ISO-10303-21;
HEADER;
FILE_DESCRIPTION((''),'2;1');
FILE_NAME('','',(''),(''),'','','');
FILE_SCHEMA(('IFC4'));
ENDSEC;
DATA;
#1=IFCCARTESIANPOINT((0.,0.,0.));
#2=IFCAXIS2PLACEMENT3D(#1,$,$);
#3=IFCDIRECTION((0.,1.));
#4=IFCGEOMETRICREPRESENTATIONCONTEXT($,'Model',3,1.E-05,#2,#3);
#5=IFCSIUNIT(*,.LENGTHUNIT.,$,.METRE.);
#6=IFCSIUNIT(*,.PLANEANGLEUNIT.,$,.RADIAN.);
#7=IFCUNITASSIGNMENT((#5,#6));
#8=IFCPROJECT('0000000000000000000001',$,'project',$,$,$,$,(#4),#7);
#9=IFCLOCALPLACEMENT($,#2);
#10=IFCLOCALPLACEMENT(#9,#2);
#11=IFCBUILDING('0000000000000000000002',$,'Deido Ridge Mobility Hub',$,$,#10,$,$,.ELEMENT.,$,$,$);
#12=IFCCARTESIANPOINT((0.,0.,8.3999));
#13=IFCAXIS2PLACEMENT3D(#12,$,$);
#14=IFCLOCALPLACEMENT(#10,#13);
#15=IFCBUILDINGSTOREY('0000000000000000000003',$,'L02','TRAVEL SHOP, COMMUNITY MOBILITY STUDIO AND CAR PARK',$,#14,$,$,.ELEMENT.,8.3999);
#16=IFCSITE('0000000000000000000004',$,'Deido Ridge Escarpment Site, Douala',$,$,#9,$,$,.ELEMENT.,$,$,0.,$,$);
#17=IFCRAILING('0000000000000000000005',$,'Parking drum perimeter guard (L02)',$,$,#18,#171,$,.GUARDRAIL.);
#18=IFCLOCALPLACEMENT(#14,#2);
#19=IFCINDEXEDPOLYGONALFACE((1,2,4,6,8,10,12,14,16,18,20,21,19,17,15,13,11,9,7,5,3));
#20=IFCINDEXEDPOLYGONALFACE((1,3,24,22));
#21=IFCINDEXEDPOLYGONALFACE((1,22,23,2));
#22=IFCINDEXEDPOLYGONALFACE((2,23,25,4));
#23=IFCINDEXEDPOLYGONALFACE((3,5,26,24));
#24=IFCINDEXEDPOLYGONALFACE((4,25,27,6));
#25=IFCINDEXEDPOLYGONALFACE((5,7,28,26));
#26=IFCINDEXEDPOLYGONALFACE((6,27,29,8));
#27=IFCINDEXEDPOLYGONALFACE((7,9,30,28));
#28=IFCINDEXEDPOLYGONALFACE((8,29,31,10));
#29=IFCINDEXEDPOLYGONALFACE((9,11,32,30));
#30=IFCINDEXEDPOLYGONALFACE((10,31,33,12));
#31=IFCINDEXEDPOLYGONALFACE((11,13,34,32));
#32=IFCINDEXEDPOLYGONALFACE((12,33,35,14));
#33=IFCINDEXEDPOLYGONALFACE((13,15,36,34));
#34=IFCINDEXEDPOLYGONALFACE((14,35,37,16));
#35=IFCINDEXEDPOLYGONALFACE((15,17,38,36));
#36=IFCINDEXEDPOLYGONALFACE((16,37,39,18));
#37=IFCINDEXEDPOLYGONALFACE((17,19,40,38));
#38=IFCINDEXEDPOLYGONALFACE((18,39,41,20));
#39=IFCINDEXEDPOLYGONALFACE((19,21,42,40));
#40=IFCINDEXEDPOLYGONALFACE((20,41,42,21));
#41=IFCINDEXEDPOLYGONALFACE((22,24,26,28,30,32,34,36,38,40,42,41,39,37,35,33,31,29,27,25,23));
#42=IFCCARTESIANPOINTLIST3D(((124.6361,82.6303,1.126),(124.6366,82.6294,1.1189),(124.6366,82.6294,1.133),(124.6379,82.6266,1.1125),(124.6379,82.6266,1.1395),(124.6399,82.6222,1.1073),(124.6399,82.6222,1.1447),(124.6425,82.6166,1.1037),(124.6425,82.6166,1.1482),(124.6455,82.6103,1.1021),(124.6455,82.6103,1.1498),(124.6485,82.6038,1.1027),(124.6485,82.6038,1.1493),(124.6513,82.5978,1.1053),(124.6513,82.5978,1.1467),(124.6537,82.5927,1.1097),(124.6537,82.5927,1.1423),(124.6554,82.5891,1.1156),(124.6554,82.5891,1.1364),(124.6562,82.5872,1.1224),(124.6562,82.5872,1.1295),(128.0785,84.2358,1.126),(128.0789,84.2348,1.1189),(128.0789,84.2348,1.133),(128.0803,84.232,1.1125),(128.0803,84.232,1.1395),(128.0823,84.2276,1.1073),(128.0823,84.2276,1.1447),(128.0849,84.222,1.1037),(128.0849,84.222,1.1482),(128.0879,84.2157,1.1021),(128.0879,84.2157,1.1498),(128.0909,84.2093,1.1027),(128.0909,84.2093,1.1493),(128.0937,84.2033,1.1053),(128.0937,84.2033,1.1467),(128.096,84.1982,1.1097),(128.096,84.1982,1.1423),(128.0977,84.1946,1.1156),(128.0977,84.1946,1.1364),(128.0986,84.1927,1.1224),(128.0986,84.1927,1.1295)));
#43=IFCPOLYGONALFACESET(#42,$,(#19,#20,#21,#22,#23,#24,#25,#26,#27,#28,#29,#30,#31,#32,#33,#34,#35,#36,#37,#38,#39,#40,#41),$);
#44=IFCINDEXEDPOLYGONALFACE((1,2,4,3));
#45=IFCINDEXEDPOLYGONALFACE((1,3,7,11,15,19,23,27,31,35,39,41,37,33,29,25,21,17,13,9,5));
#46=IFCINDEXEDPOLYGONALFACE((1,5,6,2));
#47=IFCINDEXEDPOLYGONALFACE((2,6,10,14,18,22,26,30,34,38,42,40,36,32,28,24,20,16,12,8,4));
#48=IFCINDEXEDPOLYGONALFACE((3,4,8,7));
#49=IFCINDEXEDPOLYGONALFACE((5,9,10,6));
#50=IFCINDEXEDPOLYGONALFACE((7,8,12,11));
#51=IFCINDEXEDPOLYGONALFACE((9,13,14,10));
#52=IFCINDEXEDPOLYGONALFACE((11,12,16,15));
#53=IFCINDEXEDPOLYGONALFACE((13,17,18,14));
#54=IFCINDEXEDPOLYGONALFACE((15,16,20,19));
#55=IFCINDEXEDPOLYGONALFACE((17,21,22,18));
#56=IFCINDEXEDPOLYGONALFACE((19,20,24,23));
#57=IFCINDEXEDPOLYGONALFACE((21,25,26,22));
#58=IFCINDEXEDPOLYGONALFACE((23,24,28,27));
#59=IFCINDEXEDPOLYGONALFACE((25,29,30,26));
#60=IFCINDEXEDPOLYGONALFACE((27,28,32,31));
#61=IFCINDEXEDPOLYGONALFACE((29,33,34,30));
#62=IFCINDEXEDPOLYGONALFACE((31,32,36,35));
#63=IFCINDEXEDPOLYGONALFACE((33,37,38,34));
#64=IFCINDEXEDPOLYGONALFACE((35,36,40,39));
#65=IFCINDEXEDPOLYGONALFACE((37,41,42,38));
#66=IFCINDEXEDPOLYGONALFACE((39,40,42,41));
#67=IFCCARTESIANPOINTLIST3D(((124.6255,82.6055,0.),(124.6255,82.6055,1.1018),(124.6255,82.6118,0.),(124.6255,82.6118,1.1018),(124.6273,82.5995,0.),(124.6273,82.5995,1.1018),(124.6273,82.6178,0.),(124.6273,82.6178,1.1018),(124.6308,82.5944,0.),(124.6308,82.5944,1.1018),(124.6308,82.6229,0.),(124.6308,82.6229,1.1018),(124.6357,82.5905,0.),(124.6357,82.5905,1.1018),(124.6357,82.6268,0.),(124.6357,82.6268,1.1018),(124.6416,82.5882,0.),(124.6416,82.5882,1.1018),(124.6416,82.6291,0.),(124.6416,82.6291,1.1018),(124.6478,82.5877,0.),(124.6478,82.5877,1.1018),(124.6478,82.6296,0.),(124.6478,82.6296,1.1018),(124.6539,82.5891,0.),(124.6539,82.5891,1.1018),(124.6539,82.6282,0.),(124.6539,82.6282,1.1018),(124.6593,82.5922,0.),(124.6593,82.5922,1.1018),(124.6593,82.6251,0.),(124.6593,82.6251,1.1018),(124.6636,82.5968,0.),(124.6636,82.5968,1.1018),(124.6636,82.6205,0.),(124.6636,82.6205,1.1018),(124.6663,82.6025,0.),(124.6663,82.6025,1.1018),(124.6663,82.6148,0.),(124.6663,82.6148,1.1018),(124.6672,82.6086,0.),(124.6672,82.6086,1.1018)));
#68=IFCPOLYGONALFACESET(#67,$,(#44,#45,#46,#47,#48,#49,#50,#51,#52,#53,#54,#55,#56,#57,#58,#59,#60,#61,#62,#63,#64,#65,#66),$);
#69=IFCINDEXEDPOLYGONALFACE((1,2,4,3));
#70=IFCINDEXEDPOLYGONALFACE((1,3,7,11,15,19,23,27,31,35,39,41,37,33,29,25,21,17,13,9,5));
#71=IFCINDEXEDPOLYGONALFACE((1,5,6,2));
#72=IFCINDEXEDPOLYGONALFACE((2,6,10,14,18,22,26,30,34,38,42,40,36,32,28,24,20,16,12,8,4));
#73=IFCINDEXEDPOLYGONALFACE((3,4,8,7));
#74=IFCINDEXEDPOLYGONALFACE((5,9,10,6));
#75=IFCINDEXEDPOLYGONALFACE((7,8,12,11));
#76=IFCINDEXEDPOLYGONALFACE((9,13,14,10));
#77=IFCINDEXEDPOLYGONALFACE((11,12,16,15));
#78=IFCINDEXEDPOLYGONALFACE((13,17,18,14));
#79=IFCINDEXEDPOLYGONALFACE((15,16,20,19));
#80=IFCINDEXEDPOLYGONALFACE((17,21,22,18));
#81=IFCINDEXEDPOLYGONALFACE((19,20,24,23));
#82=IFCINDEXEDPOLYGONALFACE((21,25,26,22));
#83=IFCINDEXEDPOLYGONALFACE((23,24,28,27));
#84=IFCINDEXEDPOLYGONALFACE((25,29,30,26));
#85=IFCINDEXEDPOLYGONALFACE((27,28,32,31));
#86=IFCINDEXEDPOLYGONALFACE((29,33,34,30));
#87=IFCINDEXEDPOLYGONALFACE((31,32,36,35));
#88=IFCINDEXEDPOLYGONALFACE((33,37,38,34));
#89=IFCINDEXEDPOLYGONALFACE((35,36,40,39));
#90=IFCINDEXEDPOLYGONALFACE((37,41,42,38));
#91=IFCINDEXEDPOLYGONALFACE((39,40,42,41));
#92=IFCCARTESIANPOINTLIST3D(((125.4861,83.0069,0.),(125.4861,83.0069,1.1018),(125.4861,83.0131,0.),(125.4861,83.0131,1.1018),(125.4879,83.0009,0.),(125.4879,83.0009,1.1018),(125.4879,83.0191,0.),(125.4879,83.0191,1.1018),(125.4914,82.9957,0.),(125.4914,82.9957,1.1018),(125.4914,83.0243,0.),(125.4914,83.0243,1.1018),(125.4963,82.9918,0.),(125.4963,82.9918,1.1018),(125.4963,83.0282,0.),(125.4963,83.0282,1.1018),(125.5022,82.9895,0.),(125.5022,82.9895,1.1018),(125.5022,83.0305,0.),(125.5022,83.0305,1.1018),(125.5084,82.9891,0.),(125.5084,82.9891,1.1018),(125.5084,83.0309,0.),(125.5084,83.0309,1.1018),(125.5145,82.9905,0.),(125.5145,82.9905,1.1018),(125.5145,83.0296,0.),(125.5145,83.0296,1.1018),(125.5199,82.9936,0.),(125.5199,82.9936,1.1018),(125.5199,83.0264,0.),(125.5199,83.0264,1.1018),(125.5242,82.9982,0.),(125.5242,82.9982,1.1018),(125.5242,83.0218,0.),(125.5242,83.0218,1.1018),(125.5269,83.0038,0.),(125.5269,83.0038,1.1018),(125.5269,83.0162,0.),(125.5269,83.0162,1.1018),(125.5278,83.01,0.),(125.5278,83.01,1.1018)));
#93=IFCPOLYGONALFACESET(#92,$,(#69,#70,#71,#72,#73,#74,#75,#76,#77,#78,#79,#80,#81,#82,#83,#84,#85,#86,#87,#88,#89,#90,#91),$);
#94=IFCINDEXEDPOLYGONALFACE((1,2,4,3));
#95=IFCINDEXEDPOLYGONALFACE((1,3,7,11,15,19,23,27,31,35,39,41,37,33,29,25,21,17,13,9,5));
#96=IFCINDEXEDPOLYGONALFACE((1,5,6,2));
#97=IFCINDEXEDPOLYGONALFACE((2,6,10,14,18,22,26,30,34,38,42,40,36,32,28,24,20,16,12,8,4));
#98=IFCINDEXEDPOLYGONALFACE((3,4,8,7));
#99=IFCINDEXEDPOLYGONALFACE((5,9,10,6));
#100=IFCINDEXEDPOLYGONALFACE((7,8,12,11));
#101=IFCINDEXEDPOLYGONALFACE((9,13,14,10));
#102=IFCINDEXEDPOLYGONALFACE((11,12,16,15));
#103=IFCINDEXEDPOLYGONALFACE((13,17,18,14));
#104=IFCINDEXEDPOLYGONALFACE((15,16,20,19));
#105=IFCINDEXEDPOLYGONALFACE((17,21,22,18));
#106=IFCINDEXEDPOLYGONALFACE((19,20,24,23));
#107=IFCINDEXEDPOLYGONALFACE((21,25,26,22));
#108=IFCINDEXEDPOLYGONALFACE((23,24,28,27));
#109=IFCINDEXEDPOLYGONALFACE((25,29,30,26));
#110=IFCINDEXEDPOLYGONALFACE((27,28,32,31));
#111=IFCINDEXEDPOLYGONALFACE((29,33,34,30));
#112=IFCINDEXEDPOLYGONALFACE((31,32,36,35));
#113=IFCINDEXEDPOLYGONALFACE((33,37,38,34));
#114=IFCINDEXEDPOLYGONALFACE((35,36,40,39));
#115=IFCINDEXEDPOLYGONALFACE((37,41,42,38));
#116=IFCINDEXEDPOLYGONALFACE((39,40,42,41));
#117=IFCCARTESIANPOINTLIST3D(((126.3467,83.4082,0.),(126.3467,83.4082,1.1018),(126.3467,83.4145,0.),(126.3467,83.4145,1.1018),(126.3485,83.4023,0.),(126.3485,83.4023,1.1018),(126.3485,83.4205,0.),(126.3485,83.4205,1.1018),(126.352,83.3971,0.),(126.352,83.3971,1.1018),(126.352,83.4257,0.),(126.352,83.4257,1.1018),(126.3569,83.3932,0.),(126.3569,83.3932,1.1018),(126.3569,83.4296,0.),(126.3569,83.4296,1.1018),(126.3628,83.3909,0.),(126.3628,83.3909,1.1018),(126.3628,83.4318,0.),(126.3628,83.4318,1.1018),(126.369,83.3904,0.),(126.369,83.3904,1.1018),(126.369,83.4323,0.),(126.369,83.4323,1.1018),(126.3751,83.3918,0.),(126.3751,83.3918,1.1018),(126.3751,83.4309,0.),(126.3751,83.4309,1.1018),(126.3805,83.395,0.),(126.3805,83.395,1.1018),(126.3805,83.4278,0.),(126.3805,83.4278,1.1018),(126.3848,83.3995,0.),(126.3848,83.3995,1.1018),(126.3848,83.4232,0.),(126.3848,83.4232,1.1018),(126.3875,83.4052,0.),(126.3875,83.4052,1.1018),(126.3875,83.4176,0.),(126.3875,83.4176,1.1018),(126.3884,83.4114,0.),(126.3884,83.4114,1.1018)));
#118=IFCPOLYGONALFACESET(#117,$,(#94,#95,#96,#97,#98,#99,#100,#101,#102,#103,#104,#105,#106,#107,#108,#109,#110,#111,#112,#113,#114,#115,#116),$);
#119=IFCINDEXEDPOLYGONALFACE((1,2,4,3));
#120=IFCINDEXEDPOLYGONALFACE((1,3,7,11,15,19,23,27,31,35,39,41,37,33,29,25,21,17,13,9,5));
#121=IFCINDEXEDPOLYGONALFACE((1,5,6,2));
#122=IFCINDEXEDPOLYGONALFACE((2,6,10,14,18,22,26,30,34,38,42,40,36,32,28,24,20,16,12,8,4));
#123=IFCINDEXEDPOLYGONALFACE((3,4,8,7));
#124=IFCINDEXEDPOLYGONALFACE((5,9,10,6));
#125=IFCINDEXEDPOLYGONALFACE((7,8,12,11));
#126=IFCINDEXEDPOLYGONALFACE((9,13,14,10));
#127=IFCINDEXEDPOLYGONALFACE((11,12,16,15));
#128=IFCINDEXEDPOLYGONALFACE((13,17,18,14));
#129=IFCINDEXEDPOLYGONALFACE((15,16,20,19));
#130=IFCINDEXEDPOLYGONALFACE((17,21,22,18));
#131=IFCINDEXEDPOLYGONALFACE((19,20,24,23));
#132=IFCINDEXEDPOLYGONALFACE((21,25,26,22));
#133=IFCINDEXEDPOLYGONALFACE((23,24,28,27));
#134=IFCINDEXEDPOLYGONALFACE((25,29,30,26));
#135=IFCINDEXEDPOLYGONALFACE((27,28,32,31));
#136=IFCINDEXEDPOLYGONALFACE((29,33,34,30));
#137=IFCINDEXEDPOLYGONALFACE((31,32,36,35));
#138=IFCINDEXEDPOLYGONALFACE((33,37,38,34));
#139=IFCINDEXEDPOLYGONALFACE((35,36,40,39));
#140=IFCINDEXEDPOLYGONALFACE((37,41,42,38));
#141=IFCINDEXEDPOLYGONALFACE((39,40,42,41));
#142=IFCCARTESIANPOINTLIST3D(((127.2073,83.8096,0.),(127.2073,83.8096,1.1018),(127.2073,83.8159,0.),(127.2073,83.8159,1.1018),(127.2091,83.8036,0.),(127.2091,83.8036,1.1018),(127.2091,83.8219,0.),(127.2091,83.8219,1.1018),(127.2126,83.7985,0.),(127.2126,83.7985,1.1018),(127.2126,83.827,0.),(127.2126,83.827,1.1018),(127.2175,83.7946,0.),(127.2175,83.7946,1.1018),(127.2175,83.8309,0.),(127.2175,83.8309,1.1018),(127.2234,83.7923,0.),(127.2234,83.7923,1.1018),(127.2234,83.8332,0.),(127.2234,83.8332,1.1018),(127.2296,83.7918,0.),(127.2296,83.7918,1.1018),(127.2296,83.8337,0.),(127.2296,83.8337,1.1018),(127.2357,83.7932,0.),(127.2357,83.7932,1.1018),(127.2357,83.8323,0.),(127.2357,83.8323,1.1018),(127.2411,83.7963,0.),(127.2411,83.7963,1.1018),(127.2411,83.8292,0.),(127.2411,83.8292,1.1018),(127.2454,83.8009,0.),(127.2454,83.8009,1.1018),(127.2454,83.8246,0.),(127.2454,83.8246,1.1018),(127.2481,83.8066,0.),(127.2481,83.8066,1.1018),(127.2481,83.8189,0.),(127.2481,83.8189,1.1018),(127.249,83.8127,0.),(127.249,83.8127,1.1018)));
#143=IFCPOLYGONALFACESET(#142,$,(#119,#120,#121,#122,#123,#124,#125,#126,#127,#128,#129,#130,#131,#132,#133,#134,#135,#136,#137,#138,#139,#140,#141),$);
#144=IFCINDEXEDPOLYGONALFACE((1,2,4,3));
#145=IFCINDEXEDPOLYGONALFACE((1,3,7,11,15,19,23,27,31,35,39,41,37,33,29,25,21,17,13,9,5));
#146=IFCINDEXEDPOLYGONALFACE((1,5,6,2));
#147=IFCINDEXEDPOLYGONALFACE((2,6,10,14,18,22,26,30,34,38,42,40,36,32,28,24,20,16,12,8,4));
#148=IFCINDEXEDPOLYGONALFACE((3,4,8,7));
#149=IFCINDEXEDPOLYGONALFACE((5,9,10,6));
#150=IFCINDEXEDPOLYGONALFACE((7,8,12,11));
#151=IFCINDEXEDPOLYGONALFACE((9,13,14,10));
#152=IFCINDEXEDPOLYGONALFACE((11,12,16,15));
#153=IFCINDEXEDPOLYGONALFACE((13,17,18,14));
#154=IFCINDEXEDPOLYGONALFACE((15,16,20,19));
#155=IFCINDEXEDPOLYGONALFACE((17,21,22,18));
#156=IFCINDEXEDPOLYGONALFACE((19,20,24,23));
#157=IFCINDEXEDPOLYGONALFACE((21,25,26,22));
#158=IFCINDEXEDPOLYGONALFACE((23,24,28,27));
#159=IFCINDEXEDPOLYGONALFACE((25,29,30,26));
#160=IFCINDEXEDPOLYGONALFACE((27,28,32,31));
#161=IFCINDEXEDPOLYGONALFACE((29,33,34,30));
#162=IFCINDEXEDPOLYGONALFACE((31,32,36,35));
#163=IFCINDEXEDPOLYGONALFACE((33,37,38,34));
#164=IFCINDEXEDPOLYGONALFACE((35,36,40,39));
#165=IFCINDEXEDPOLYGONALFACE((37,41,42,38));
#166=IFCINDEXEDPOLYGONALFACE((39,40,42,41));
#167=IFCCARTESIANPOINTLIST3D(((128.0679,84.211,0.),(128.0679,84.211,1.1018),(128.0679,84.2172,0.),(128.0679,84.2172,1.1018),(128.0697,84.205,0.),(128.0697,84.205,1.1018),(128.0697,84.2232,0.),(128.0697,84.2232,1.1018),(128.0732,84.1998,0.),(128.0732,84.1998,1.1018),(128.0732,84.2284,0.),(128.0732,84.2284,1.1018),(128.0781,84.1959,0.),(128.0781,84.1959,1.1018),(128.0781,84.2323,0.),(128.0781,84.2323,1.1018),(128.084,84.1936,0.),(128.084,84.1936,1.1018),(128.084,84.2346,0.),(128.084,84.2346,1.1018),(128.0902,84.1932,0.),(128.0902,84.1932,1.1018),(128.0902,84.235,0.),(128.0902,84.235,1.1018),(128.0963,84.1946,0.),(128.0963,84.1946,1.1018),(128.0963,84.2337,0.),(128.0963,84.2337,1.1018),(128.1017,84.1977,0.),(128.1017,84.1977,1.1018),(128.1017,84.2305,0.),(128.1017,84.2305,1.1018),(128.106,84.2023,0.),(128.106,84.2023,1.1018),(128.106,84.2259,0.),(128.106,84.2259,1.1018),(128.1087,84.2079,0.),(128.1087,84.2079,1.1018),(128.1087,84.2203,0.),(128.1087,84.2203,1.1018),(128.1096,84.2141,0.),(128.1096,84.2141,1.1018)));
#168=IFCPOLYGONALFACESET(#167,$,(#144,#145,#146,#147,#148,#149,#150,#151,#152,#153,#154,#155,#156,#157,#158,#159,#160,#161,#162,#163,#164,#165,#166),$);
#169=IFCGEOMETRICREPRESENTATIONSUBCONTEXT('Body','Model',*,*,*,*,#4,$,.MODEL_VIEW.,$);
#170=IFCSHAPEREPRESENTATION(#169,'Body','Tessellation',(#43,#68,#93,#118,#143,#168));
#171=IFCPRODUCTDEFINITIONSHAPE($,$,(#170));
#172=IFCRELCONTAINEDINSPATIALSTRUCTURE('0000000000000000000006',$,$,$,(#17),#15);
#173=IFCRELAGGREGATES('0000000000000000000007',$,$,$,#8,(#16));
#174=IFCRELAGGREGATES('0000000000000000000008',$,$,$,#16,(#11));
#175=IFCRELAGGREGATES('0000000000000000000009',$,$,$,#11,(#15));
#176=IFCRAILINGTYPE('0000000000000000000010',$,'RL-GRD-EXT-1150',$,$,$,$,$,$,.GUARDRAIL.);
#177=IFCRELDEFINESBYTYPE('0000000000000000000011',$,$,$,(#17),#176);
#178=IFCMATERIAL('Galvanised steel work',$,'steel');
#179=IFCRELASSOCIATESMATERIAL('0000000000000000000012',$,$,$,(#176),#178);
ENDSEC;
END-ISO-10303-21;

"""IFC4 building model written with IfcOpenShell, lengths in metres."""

from ifc_helpers import new_model, si_unit, direction, frame, origin, origin_2d, place, context, subcontext, project, spatial, circle, extrude, material, type_object, element, save


model = new_model("IFC4")

# Units and contexts
model_context = context("Model", 3, precision=1e-05, world=origin(), true_north=direction((0.0, 1.0)))
body_context = subcontext(model_context, "Body", "Model", "MODEL_VIEW")
ifc_project = project(units=[si_unit("LENGTHUNIT", "METRE"), si_unit("PLANEANGLEUNIT", "RADIAN")], contexts=[model_context])

# Site, building, storey
site_placement = place(None, origin())
site = spatial("IfcSite", under=ifc_project, at=site_placement, Name="Deido Ridge Escarpment Site, Douala", CompositionType="ELEMENT", RefElevation=0.0)
building_placement = place(site_placement, origin())
building = spatial("IfcBuilding", under=site, at=building_placement, Name="Deido Ridge Mobility Hub", CompositionType="ELEMENT")
storey_placement = place(building_placement, frame((0.0, 0.0, 8.3999)))
storey = spatial("IfcBuildingStorey", under=building, at=storey_placement, Name="L02", Description="TRAVEL SHOP, COMMUNITY MOBILITY STUDIO AND CAR PARK", CompositionType="ELEMENT", Elevation=8.3999)

# Railing
ifc_material_1 = material(Name="Galvanised steel work", Category="steel")
railing_type = type_object("IfcRailingType", Name="RL-GRD-EXT-1150", PredefinedType="GUARDRAIL", material=ifc_material_1)
railing_1_placement = place(storey_placement, frame((124.6462, 82.6086, 0.0)))
element("IfcRailing", 1, at=railing_1_placement, inside=storey, type_object=railing_type, Name="Parking drum perimeter guard (L02)", PredefinedType="GUARDRAIL", context=body_context, shape_type="SweptSolid", body=[
    extrude(circle(Radius=0.0239, at=origin_2d()), frame((0.0, 0.0, 1.126), z_axis=(0.906282, 0.422674, 0.0), x_axis=(-0.422674, 0.906282, 0.0)), (0.0, 0.0, 1.0), 3.7983),
    extrude(circle(Radius=0.021, at=origin_2d()), origin(), (0.0, 0.0, 1.0), 1.1018),
    extrude(circle(Radius=0.021, at=origin_2d()), frame((0.8606, 0.4014, 0.0)), (0.0, 0.0, 1.0), 1.1018),
    extrude(circle(Radius=0.021, at=origin_2d()), frame((1.7212, 0.8027, 0.0)), (0.0, 0.0, 1.0), 1.1018),
    extrude(circle(Radius=0.021, at=origin_2d()), frame((2.5818, 1.2041, 0.0)), (0.0, 0.0, 1.0), 1.1018),
    extrude(circle(Radius=0.021, at=origin_2d()), frame((3.4424, 1.6055, 0.0)), (0.0, 0.0, 1.0), 1.1018),
])

save(model, "model.ifc")
